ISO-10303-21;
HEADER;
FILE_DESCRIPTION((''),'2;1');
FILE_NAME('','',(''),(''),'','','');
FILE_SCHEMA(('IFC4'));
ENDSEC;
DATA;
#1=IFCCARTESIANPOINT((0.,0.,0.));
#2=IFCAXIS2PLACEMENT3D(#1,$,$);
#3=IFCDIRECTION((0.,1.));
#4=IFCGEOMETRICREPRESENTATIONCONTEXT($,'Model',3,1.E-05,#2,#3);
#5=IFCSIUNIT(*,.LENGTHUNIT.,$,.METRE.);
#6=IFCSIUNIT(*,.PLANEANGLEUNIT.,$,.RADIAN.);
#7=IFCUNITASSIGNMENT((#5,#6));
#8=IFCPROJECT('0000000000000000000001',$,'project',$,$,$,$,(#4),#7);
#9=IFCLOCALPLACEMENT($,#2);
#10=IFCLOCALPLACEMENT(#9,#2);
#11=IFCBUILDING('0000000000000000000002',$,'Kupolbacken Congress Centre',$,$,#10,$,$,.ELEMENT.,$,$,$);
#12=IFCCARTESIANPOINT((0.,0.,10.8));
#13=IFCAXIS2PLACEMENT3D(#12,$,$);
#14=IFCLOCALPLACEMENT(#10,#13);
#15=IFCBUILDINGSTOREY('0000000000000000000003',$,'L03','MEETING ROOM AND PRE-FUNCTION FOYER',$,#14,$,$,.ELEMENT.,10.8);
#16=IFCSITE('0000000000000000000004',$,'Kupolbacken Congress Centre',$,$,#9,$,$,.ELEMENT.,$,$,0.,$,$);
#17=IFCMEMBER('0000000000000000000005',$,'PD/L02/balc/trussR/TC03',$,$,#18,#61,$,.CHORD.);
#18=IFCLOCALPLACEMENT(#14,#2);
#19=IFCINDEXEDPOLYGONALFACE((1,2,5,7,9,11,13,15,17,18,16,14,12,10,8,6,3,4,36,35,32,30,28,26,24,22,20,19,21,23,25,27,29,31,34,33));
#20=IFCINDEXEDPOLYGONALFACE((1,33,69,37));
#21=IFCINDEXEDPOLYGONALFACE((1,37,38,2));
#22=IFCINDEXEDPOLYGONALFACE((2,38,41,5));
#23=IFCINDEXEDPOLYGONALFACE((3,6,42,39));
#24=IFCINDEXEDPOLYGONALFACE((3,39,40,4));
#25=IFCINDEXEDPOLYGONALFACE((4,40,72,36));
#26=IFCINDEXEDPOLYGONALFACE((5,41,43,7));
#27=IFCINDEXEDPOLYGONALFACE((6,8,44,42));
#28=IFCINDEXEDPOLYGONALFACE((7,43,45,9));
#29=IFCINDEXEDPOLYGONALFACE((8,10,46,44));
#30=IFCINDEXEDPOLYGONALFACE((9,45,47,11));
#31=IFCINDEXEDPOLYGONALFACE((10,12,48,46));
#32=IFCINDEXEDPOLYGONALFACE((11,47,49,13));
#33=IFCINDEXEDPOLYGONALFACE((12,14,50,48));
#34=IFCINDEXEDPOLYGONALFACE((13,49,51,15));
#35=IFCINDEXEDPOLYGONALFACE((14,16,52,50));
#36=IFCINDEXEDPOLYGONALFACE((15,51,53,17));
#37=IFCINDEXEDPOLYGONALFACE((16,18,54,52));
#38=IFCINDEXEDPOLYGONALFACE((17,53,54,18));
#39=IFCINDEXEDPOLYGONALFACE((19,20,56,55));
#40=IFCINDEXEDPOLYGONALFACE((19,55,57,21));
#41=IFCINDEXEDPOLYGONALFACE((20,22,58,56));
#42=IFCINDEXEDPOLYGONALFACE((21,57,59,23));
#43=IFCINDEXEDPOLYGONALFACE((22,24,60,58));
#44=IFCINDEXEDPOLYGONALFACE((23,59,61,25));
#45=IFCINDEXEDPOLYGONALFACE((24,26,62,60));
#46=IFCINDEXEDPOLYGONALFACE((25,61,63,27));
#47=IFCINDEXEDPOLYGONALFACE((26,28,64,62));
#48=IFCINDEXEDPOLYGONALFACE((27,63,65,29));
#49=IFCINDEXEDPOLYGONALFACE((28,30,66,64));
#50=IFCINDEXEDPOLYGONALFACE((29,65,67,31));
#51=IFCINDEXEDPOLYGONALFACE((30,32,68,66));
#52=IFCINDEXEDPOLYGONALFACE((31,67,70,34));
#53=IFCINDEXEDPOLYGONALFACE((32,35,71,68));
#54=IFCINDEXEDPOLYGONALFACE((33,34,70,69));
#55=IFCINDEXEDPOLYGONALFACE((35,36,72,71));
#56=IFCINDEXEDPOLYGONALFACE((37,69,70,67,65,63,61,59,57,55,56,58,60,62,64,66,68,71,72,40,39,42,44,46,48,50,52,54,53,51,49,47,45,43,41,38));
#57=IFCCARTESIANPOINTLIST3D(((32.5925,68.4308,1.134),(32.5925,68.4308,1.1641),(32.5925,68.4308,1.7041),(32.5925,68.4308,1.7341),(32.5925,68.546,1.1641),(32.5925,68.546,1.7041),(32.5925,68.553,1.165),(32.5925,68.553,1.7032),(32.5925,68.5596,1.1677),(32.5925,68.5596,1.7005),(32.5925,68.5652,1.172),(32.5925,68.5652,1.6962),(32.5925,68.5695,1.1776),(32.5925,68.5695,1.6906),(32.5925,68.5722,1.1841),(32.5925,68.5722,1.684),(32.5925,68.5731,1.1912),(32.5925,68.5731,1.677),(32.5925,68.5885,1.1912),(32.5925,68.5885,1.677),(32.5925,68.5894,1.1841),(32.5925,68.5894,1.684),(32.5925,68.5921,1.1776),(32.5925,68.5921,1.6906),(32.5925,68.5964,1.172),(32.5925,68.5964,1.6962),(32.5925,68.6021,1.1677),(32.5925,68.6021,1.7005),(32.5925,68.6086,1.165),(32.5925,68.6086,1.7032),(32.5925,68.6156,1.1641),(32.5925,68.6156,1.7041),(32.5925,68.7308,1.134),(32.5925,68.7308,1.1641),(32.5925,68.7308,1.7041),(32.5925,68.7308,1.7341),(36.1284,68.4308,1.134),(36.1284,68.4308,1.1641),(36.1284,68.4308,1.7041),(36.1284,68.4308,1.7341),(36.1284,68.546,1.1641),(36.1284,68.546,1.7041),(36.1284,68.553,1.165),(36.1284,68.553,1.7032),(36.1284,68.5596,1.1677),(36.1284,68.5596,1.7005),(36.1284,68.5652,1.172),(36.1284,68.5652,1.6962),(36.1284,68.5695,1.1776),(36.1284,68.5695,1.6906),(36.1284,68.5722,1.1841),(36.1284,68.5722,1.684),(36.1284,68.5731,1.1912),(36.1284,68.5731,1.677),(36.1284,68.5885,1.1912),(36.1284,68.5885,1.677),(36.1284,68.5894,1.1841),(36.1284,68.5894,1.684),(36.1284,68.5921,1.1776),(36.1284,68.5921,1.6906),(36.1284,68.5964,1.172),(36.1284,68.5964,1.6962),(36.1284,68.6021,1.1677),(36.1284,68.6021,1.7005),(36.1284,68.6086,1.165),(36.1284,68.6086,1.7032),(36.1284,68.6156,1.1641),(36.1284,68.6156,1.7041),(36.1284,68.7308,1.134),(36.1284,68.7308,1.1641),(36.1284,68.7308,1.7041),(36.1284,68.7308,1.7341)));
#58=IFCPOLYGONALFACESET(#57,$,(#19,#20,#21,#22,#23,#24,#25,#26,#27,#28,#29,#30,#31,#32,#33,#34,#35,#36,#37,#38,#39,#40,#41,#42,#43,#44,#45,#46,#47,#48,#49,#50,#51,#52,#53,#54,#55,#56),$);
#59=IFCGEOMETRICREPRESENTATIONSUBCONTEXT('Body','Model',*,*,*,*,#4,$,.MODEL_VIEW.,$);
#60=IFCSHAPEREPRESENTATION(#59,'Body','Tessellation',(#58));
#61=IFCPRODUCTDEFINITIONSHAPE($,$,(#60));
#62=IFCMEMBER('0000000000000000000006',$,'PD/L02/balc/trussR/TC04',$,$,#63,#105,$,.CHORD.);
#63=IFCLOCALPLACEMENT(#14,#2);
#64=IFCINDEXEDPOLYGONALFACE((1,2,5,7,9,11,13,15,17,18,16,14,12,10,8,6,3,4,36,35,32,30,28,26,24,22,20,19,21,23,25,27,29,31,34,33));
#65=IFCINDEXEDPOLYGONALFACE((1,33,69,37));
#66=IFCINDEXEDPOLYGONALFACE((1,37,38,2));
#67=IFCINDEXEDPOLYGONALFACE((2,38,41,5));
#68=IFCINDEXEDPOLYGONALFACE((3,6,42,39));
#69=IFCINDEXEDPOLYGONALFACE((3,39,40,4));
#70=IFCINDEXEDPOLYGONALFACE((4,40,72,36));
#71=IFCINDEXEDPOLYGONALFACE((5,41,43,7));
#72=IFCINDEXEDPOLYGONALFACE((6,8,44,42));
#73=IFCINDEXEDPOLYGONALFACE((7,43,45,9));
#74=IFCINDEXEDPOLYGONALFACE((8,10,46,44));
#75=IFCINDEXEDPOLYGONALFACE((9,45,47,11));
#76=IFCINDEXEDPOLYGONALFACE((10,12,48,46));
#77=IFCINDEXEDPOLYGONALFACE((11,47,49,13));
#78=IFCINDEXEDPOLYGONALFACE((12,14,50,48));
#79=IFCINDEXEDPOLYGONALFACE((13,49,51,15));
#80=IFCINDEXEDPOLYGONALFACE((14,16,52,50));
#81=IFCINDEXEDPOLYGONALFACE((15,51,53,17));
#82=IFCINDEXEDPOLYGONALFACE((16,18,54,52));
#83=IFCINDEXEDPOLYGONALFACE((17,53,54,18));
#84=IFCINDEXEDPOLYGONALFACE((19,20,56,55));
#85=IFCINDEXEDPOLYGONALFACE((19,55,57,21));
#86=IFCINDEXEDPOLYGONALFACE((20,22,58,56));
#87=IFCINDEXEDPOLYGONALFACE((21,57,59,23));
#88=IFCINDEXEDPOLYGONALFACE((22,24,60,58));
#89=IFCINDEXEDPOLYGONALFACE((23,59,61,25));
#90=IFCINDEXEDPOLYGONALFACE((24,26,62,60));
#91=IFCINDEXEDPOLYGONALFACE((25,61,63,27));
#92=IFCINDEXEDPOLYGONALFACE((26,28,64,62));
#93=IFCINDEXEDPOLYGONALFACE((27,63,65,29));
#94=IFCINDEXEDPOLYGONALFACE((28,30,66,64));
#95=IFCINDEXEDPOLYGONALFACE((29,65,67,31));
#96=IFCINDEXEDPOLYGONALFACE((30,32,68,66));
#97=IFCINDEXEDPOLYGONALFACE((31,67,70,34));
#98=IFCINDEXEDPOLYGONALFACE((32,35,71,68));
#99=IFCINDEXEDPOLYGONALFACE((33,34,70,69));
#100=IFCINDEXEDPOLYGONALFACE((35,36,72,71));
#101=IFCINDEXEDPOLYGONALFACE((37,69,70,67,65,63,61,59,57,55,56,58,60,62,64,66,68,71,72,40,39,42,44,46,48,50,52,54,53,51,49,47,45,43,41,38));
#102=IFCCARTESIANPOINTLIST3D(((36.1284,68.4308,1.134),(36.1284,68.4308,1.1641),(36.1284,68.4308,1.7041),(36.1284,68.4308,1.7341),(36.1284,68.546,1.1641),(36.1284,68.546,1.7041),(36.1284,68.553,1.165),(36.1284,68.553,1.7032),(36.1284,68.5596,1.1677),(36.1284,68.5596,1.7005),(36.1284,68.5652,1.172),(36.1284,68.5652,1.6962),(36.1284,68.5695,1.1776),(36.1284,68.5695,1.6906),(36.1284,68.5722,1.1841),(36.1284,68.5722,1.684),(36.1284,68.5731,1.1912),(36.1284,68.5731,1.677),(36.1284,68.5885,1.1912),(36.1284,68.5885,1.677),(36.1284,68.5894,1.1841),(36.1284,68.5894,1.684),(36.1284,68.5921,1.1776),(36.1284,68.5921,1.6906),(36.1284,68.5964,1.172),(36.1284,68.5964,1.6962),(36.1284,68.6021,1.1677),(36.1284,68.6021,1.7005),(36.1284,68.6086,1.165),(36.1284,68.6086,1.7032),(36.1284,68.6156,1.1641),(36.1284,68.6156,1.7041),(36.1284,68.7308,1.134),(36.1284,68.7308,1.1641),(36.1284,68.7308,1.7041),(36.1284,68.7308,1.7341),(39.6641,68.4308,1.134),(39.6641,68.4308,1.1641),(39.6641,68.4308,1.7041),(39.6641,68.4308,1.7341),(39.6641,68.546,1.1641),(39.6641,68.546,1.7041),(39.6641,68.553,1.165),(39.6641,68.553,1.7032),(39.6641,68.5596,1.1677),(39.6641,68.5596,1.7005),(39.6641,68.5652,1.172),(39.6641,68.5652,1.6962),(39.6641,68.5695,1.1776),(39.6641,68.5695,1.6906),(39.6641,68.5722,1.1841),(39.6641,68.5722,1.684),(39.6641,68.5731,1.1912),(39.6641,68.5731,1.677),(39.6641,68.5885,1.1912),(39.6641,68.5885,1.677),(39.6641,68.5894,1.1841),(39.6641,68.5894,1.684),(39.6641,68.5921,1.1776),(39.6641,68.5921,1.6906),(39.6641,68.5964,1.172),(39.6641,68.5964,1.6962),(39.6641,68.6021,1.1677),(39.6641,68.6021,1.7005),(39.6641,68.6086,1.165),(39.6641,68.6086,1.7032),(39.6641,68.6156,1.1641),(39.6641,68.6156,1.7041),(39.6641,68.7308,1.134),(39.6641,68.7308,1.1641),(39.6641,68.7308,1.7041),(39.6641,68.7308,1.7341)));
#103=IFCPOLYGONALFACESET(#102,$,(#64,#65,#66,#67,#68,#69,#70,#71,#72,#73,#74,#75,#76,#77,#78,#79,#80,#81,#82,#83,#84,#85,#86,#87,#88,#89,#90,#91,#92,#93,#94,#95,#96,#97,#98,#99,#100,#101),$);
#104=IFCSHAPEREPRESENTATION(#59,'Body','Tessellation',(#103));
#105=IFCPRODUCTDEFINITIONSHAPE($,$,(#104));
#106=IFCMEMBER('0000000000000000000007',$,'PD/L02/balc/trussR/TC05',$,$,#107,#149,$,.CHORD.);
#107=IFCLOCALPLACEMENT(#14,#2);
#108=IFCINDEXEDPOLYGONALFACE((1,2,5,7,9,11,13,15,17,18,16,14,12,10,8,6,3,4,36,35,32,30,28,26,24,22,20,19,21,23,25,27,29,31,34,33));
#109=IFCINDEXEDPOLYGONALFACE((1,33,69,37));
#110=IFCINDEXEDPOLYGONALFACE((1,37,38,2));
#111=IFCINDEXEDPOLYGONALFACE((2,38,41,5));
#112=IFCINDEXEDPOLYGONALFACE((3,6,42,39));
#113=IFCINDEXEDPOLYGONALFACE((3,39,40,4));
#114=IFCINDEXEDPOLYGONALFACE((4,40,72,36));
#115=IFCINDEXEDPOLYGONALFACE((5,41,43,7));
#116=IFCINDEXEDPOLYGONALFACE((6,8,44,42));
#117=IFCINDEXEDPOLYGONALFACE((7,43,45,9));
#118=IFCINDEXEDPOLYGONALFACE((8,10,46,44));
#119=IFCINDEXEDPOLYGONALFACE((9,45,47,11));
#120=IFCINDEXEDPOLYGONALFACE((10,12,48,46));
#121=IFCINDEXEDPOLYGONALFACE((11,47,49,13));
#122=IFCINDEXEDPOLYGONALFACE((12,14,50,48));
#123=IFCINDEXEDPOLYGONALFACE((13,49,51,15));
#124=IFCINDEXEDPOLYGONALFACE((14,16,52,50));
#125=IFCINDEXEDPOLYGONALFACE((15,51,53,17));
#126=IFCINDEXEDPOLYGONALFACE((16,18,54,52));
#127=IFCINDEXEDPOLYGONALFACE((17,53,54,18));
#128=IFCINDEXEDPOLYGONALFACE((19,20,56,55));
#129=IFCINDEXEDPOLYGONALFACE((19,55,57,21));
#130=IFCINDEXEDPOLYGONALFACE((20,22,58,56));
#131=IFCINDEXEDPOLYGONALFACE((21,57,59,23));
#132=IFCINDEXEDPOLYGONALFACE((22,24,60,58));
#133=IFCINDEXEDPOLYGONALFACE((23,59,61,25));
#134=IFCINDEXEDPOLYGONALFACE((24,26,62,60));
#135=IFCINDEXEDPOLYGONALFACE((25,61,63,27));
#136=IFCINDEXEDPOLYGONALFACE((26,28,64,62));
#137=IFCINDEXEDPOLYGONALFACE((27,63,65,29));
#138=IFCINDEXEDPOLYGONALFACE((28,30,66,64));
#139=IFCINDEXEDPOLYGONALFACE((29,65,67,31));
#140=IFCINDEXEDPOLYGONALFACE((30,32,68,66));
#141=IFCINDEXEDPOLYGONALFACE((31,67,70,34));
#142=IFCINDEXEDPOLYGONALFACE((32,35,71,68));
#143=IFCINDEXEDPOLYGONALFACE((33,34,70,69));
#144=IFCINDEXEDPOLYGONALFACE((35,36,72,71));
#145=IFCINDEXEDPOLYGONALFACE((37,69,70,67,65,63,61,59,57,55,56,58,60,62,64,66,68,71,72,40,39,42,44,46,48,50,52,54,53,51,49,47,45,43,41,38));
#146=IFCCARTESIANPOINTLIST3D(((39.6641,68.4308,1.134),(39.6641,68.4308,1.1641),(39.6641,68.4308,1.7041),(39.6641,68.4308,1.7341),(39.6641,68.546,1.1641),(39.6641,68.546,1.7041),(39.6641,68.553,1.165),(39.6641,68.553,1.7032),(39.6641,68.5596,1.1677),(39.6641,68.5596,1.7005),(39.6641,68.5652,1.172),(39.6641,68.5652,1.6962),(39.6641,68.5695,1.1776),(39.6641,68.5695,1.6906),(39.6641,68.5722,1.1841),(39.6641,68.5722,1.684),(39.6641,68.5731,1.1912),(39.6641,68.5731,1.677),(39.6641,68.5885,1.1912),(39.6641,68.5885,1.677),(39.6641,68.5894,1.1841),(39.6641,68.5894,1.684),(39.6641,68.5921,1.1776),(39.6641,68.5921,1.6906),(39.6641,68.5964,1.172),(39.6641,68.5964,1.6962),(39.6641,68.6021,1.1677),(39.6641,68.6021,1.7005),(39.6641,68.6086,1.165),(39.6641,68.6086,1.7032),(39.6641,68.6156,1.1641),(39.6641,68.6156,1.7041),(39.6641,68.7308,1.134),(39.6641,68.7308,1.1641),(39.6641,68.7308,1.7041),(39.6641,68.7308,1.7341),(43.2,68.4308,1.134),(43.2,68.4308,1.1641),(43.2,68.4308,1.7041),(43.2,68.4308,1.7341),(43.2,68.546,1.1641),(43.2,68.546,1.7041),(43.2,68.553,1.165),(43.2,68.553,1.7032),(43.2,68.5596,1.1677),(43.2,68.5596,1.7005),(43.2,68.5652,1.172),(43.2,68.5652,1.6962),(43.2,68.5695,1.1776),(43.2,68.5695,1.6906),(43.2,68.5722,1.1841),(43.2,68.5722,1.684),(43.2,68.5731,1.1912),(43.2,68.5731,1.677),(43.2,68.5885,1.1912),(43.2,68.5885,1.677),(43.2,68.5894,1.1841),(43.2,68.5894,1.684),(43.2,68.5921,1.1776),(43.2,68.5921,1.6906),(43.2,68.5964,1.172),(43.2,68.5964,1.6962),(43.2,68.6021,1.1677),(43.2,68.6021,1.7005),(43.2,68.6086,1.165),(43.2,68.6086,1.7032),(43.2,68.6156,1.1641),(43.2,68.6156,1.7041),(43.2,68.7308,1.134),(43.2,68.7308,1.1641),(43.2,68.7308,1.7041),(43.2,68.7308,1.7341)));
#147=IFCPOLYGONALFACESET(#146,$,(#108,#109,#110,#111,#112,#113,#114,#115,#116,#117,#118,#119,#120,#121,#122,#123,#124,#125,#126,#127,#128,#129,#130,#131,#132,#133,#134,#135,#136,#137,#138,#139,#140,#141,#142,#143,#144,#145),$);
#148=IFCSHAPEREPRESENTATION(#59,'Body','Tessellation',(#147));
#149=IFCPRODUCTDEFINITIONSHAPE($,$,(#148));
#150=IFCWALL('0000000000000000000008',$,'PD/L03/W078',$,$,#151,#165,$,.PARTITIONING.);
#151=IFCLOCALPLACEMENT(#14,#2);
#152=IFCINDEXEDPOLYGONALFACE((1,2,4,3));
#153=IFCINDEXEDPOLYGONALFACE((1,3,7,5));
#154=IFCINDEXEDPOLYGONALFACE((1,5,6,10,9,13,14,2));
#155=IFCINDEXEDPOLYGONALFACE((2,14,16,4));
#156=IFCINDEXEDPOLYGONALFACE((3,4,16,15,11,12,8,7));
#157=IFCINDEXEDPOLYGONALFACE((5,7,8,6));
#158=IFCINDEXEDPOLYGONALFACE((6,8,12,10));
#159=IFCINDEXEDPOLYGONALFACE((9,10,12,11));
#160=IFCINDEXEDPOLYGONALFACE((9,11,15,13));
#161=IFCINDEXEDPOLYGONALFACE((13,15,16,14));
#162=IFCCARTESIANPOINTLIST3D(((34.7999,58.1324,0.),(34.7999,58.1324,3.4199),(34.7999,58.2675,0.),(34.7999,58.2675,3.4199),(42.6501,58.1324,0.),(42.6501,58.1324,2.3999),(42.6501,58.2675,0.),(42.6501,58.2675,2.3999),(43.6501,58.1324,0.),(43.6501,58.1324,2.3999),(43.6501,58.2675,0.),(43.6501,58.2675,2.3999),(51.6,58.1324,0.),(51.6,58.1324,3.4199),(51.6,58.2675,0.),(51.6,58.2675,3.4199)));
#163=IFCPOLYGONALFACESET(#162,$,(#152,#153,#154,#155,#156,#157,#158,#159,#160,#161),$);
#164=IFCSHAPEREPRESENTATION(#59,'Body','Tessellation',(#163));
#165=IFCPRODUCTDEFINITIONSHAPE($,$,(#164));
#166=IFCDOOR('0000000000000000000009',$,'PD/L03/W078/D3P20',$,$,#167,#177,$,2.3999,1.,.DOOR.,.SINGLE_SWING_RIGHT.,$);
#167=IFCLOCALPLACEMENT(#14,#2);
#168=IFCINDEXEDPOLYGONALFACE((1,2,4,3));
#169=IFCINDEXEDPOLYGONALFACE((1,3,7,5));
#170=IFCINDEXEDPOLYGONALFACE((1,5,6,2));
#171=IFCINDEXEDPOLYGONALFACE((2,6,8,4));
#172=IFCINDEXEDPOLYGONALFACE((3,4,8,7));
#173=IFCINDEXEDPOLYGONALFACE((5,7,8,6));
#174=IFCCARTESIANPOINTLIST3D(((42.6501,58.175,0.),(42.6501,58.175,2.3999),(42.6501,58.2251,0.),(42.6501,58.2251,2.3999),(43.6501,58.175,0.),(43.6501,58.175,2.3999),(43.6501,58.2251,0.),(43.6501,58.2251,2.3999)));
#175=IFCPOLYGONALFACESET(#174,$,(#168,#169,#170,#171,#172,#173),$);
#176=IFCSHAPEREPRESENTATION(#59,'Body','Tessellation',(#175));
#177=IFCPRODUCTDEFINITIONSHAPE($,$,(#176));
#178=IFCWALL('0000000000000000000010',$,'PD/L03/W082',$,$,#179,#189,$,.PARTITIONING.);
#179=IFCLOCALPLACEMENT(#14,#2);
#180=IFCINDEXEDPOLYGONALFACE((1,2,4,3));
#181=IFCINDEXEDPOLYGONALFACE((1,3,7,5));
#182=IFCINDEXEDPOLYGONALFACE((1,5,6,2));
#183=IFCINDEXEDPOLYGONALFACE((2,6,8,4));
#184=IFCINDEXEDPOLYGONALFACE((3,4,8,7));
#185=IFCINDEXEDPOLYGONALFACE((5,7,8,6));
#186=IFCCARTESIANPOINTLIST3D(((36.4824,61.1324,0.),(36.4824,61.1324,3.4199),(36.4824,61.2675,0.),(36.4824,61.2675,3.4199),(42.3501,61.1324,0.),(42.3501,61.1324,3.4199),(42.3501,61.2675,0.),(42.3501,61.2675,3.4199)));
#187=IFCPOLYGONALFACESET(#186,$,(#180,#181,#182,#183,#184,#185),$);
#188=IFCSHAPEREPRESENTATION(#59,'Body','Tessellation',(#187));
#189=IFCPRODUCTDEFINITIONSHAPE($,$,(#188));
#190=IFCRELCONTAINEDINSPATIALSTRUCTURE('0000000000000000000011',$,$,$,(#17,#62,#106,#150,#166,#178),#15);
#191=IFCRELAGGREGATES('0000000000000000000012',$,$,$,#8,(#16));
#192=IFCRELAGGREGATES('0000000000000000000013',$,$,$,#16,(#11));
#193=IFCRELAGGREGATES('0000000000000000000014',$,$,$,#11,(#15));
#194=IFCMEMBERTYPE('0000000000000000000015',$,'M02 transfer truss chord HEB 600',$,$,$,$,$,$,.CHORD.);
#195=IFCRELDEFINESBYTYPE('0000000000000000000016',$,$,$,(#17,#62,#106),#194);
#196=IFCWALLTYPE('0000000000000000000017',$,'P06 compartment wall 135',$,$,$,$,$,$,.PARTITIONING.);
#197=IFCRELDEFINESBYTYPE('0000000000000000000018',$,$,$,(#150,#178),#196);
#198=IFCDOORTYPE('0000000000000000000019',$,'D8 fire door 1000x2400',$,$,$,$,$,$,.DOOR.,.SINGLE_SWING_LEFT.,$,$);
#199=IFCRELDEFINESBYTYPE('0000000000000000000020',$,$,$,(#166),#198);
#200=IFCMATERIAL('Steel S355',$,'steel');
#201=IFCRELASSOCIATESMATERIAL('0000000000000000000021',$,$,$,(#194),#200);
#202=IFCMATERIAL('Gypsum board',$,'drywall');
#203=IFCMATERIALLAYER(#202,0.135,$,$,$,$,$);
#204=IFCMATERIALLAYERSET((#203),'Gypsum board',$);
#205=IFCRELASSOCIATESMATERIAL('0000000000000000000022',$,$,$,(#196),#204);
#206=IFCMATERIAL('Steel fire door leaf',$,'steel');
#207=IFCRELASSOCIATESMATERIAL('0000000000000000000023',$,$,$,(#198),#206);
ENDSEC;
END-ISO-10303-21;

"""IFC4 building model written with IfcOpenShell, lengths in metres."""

from ifc_helpers import new_model, si_unit, direction, frame, frame_2d, origin, origin_2d, place, context, subcontext, project, spatial, rectangle, i_section, extrude, material, layer, layer_set, material_profile, profile_set, type_object, element, fill, save


model = new_model("IFC4")

# Units and contexts
model_context = context("Model", 3, precision=1e-05, world=origin(), true_north=direction((0.0, 1.0)))
body_context = subcontext(model_context, "Body", "Model", "MODEL_VIEW")
ifc_project = project(units=[si_unit("LENGTHUNIT", "METRE"), si_unit("PLANEANGLEUNIT", "RADIAN")], contexts=[model_context])

# Site, building, storey
site_placement = place(None, origin())
site = spatial("IfcSite", under=ifc_project, at=site_placement, Name="Kupolbacken Congress Centre", CompositionType="ELEMENT", RefElevation=0.0)
building_placement = place(site_placement, origin())
building = spatial("IfcBuilding", under=site, at=building_placement, Name="Kupolbacken Congress Centre", CompositionType="ELEMENT")
storey_placement = place(building_placement, frame((0.0, 0.0, 10.8)))
storey = spatial("IfcBuildingStorey", under=building, at=storey_placement, Name="L03", Description="MEETING ROOM AND PRE-FUNCTION FOYER", CompositionType="ELEMENT", Elevation=10.8)

# Members
ifc_material_1 = material(Name="Steel S355", Category="steel")
ifc_material_profile_1 = material_profile(ifc_material_1, i_section(OverallWidth=0.3, OverallDepth=0.6001, WebThickness=0.0154, FlangeThickness=0.03, FilletRadius=0.0271, at=origin_2d()), Name="HEB 600")
ifc_profile_set_1 = profile_set([ifc_material_profile_1], Name="Steel S355")
member_type = type_object("IfcMemberType", Name="M02 transfer truss chord HEB 600", PredefinedType="CHORD", material=ifc_profile_set_1)
for number, where, z_axis, x_axis, name in (
    (1, (32.5925, 68.5808, 1.4341), (1.0, 0.0, 0.0), (0.0, 1.0, 0.0), "PD/L02/balc/trussR/TC03"),
):
    element("IfcMember", number, at=place(storey_placement, frame(where, z_axis=z_axis, x_axis=x_axis)), inside=storey, type_object=member_type, Name=name, PredefinedType="CHORD", context=body_context, shape_type="SweptSolid", body=[
        extrude(i_section(OverallWidth=0.3, OverallDepth=0.6001, WebThickness=0.0154, FlangeThickness=0.03, FilletRadius=0.0271, at=origin_2d()), origin(), (0.0, 0.0, 1.0), 3.5359),
    ])
member_1_placement = place(storey_placement, frame((36.1284, 68.5808, 1.4341), z_axis=(1.0, 0.0, 0.0), x_axis=(0.0, 1.0, 0.0)))
element("IfcMember", 2, at=member_1_placement, inside=storey, type_object=member_type, Name="PD/L02/balc/trussR/TC04", PredefinedType="CHORD", context=body_context, shape_type="SweptSolid", body=[
    extrude(i_section(OverallWidth=0.3, OverallDepth=0.6001, WebThickness=0.0154, FlangeThickness=0.03, FilletRadius=0.0271, at=origin_2d()), origin(), (0.0, 0.0, 1.0), 3.5356),
])
member_2_placement = place(storey_placement, frame((39.6641, 68.5808, 1.4341), z_axis=(1.0, 0.0, 0.0), x_axis=(0.0, 1.0, 0.0)))
element("IfcMember", 3, at=member_2_placement, inside=storey, type_object=member_type, Name="PD/L02/balc/trussR/TC05", PredefinedType="CHORD", context=body_context, shape_type="SweptSolid", body=[
    extrude(i_section(OverallWidth=0.3, OverallDepth=0.6001, WebThickness=0.0154, FlangeThickness=0.03, FilletRadius=0.0271, at=origin_2d()), origin(), (0.0, 0.0, 1.0), 3.5359),
])

# Wall, opening, door
ifc_material_2 = material(Name="Gypsum board", Category="drywall")
ifc_layer_1 = layer(ifc_material_2, 0.135)
ifc_layer_set_1 = layer_set([ifc_layer_1], Name="Gypsum board")
wall_type_1 = type_object("IfcWallType", Name="P06 compartment wall 135", PredefinedType="PARTITIONING", material=ifc_layer_set_1)
wall_1_placement = place(storey_placement, frame((34.8, 58.2, 0.0), z_axis=(0.0, 0.0, 1.0), x_axis=(1.0, 0.0, 0.0)))
wall_1 = element("IfcWall", 4, at=wall_1_placement, inside=storey, type_object=wall_type_1, Name="PD/L03/W078", PredefinedType="PARTITIONING", context=body_context, shape_type="SweptSolid", body=[
    extrude(rectangle(XDim=16.8, YDim=0.135, at=frame_2d((8.3999, 0.0))), origin(), (0.0, 0.0, 1.0), 3.4199),
])
opening_placement = place(wall_1_placement, frame((7.8501, 0.0, 0.0)))
opening = element("IfcOpeningElement", 5, at=opening_placement, cuts=wall_1, PredefinedType="OPENING", context=body_context, shape_type="SweptSolid", body=[
    extrude(rectangle(XDim=1.0, YDim=2.3999, at=frame_2d((0.5, 1.2))), frame((0.0, 0.0774, 0.0), z_axis=(0.0, -1.0, 0.0), x_axis=(1.0, 0.0, 0.0)), (0.0, 0.0, 1.0), 0.155),
])
ifc_material_3 = material(Name="Steel fire door leaf", Category="steel")
door_type = type_object("IfcDoorType", Name="D8 fire door 1000x2400", OperationType="SINGLE_SWING_LEFT", PredefinedType="DOOR", material=ifc_material_3)
door_placement = place(opening_placement, frame((1.0, 0.0, 0.0), z_axis=(0.0, 0.0, 1.0), x_axis=(-1.0, 0.0, 0.0)))
door = element("IfcDoor", 6, at=door_placement, inside=storey, type_object=door_type, Name="PD/L03/W078/D3P20", OperationType="SINGLE_SWING_RIGHT", OverallHeight=2.3999, OverallWidth=1.0, PredefinedType="DOOR", context=body_context, shape_type="SweptSolid", body=[
    extrude(rectangle(XDim=1.0, YDim=2.3999, at=frame_2d((0.5, 1.2))), frame((0.0, 0.0249, 0.0), z_axis=(0.0, -1.0, 0.0), x_axis=(1.0, 0.0, 0.0)), (0.0, 0.0, 1.0), 0.05),
])
fill(opening, door)

# Wall
wall_2_placement = place(storey_placement, frame((36.4824, 61.2, 0.0), z_axis=(0.0, 0.0, 1.0), x_axis=(1.0, 0.0, 0.0)))
element("IfcWall", 7, at=wall_2_placement, inside=storey, type_object=wall_type_1, Name="PD/L03/W082", PredefinedType="PARTITIONING", context=body_context, shape_type="SweptSolid", body=[
    extrude(rectangle(XDim=5.8677, YDim=0.135, at=frame_2d((2.9338, 0.0))), origin(), (0.0, 0.0, 1.0), 3.4199),
])

save(model, "model.ifc")
